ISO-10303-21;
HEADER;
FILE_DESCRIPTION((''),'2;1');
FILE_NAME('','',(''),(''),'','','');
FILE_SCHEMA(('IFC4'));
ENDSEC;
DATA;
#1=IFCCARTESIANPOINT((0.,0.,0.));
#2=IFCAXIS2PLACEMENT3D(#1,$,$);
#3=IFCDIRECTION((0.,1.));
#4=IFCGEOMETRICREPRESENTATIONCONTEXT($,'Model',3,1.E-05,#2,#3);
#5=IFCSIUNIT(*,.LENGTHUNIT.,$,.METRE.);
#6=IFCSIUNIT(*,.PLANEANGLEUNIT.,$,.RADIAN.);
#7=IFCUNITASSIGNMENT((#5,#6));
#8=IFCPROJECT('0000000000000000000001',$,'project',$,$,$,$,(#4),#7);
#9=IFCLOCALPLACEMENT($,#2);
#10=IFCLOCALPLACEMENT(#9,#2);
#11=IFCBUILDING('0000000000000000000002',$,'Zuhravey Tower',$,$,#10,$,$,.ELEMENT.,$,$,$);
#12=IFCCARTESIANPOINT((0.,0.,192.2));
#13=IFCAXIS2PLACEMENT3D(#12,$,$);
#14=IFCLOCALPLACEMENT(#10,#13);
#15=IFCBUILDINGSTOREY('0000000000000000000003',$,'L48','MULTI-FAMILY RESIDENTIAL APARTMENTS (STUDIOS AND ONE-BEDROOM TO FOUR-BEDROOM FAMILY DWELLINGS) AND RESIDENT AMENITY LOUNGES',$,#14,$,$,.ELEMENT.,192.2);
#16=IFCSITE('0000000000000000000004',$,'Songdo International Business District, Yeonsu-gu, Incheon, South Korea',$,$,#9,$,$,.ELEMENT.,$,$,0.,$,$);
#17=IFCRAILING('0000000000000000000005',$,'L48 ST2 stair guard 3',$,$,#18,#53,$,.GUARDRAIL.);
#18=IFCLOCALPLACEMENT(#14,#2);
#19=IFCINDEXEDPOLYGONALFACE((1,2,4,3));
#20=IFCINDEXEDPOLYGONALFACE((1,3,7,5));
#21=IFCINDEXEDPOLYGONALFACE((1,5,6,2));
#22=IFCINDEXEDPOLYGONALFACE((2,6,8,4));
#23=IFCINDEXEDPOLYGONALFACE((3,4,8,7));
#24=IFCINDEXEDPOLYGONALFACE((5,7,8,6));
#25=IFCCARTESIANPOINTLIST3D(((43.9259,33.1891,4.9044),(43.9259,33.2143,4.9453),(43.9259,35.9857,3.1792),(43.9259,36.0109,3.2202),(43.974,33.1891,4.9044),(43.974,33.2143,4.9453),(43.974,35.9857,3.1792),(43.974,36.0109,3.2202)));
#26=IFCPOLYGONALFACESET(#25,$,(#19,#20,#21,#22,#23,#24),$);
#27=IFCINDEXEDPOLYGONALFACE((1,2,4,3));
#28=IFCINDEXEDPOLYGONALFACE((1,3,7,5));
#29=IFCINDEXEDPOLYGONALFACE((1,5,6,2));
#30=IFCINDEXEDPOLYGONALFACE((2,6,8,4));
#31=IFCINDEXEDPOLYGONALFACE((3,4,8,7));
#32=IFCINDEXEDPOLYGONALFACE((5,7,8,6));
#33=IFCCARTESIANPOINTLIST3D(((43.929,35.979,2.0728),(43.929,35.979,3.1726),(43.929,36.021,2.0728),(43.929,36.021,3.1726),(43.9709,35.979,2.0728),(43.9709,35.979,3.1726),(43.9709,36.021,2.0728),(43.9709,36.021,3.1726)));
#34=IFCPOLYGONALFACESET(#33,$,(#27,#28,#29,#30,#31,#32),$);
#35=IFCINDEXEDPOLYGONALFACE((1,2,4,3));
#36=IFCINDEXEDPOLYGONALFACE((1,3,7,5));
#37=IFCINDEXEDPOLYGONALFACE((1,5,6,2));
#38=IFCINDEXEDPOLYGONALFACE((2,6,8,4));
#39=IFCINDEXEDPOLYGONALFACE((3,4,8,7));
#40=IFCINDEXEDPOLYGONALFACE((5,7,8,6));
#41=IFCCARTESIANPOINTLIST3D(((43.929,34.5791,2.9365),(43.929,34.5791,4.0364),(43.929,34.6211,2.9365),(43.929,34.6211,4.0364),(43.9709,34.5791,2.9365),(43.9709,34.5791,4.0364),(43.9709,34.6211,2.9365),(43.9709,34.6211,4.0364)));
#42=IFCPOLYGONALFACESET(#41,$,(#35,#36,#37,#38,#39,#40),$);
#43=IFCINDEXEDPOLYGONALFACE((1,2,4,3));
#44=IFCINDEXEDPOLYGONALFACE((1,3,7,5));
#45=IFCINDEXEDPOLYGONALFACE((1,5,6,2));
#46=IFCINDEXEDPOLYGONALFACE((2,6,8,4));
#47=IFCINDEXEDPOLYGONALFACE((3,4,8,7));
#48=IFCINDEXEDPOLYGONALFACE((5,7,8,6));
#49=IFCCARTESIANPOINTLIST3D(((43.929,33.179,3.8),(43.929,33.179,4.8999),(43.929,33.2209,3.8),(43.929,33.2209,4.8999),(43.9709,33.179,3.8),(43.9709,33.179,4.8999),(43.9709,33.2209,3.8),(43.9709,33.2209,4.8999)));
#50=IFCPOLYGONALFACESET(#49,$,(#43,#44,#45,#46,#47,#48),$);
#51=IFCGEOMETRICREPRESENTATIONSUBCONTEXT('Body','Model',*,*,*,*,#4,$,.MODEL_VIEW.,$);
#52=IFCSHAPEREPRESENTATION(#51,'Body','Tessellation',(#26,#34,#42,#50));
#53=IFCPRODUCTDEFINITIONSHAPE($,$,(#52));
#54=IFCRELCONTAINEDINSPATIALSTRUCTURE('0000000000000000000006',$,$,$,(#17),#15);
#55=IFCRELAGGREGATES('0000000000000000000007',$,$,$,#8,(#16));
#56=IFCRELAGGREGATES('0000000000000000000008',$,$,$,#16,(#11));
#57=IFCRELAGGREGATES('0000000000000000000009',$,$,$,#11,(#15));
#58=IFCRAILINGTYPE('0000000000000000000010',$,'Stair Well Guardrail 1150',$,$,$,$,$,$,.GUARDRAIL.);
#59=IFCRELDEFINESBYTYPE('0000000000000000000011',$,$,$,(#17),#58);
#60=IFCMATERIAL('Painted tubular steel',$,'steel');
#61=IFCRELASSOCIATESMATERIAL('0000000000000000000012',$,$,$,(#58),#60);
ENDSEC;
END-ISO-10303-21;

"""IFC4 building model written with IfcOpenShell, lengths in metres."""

from ifc_helpers import new_model, si_unit, direction, frame, origin, origin_2d, place, context, subcontext, project, spatial, rectangle, extrude, material, type_object, element, save


model = new_model("IFC4")

# Units and contexts
model_context = context("Model", 3, precision=1e-05, world=origin(), true_north=direction((0.0, 1.0)))
body_context = subcontext(model_context, "Body", "Model", "MODEL_VIEW")
ifc_project = project(units=[si_unit("LENGTHUNIT", "METRE"), si_unit("PLANEANGLEUNIT", "RADIAN")], contexts=[model_context])

# Site, building, storey
site_placement = place(None, origin())
site = spatial("IfcSite", under=ifc_project, at=site_placement, Name="Songdo International Business District, Yeonsu-gu, Incheon, South Korea", CompositionType="ELEMENT", RefElevation=0.0)
building_placement = place(site_placement, origin())
building = spatial("IfcBuilding", under=site, at=building_placement, Name="Zuhravey Tower", CompositionType="ELEMENT")
storey_placement = place(building_placement, frame((0.0, 0.0, 192.2)))
storey = spatial("IfcBuildingStorey", under=building, at=storey_placement, Name="L48", Description="MULTI-FAMILY RESIDENTIAL APARTMENTS (STUDIOS AND ONE-BEDROOM TO FOUR-BEDROOM FAMILY DWELLINGS) AND RESIDENT AMENITY LOUNGES", CompositionType="ELEMENT", Elevation=192.2)

# Railing
ifc_material_1 = material(Name="Painted tubular steel", Category="steel")
railing_type_1 = type_object("IfcRailingType", Name="Stair Well Guardrail 1150", PredefinedType="GUARDRAIL", material=ifc_material_1)
railing_1_placement = place(storey_placement, frame((43.95, 36.0, 2.0728)))
element("IfcRailing", 1, at=railing_1_placement, inside=storey, type_object=railing_type_1, Name="L48 ST2 stair guard 3", PredefinedType="GUARDRAIL", context=body_context, shape_type="SweptSolid", body=[
    extrude(rectangle(XDim=0.0481, YDim=0.0481, at=origin_2d()), frame((0.0, -0.0017, 1.127), z_axis=(0.0, -0.85109, 0.52502), x_axis=(1.0, 0.0, 0.0)), (0.0, 0.0, 1.0), 3.2859),
    extrude(rectangle(XDim=0.042, YDim=0.042, at=origin_2d()), origin(), (0.0, 0.0, 1.0), 1.0999),
    extrude(rectangle(XDim=0.042, YDim=0.042, at=origin_2d()), frame((0.0, -1.3999, 0.8638)), (0.0, 0.0, 1.0), 1.0999),
    extrude(rectangle(XDim=0.042, YDim=0.042, at=origin_2d()), frame((0.0, -2.8, 1.7273)), (0.0, 0.0, 1.0), 1.0999),
])

save(model, "model.ifc")
